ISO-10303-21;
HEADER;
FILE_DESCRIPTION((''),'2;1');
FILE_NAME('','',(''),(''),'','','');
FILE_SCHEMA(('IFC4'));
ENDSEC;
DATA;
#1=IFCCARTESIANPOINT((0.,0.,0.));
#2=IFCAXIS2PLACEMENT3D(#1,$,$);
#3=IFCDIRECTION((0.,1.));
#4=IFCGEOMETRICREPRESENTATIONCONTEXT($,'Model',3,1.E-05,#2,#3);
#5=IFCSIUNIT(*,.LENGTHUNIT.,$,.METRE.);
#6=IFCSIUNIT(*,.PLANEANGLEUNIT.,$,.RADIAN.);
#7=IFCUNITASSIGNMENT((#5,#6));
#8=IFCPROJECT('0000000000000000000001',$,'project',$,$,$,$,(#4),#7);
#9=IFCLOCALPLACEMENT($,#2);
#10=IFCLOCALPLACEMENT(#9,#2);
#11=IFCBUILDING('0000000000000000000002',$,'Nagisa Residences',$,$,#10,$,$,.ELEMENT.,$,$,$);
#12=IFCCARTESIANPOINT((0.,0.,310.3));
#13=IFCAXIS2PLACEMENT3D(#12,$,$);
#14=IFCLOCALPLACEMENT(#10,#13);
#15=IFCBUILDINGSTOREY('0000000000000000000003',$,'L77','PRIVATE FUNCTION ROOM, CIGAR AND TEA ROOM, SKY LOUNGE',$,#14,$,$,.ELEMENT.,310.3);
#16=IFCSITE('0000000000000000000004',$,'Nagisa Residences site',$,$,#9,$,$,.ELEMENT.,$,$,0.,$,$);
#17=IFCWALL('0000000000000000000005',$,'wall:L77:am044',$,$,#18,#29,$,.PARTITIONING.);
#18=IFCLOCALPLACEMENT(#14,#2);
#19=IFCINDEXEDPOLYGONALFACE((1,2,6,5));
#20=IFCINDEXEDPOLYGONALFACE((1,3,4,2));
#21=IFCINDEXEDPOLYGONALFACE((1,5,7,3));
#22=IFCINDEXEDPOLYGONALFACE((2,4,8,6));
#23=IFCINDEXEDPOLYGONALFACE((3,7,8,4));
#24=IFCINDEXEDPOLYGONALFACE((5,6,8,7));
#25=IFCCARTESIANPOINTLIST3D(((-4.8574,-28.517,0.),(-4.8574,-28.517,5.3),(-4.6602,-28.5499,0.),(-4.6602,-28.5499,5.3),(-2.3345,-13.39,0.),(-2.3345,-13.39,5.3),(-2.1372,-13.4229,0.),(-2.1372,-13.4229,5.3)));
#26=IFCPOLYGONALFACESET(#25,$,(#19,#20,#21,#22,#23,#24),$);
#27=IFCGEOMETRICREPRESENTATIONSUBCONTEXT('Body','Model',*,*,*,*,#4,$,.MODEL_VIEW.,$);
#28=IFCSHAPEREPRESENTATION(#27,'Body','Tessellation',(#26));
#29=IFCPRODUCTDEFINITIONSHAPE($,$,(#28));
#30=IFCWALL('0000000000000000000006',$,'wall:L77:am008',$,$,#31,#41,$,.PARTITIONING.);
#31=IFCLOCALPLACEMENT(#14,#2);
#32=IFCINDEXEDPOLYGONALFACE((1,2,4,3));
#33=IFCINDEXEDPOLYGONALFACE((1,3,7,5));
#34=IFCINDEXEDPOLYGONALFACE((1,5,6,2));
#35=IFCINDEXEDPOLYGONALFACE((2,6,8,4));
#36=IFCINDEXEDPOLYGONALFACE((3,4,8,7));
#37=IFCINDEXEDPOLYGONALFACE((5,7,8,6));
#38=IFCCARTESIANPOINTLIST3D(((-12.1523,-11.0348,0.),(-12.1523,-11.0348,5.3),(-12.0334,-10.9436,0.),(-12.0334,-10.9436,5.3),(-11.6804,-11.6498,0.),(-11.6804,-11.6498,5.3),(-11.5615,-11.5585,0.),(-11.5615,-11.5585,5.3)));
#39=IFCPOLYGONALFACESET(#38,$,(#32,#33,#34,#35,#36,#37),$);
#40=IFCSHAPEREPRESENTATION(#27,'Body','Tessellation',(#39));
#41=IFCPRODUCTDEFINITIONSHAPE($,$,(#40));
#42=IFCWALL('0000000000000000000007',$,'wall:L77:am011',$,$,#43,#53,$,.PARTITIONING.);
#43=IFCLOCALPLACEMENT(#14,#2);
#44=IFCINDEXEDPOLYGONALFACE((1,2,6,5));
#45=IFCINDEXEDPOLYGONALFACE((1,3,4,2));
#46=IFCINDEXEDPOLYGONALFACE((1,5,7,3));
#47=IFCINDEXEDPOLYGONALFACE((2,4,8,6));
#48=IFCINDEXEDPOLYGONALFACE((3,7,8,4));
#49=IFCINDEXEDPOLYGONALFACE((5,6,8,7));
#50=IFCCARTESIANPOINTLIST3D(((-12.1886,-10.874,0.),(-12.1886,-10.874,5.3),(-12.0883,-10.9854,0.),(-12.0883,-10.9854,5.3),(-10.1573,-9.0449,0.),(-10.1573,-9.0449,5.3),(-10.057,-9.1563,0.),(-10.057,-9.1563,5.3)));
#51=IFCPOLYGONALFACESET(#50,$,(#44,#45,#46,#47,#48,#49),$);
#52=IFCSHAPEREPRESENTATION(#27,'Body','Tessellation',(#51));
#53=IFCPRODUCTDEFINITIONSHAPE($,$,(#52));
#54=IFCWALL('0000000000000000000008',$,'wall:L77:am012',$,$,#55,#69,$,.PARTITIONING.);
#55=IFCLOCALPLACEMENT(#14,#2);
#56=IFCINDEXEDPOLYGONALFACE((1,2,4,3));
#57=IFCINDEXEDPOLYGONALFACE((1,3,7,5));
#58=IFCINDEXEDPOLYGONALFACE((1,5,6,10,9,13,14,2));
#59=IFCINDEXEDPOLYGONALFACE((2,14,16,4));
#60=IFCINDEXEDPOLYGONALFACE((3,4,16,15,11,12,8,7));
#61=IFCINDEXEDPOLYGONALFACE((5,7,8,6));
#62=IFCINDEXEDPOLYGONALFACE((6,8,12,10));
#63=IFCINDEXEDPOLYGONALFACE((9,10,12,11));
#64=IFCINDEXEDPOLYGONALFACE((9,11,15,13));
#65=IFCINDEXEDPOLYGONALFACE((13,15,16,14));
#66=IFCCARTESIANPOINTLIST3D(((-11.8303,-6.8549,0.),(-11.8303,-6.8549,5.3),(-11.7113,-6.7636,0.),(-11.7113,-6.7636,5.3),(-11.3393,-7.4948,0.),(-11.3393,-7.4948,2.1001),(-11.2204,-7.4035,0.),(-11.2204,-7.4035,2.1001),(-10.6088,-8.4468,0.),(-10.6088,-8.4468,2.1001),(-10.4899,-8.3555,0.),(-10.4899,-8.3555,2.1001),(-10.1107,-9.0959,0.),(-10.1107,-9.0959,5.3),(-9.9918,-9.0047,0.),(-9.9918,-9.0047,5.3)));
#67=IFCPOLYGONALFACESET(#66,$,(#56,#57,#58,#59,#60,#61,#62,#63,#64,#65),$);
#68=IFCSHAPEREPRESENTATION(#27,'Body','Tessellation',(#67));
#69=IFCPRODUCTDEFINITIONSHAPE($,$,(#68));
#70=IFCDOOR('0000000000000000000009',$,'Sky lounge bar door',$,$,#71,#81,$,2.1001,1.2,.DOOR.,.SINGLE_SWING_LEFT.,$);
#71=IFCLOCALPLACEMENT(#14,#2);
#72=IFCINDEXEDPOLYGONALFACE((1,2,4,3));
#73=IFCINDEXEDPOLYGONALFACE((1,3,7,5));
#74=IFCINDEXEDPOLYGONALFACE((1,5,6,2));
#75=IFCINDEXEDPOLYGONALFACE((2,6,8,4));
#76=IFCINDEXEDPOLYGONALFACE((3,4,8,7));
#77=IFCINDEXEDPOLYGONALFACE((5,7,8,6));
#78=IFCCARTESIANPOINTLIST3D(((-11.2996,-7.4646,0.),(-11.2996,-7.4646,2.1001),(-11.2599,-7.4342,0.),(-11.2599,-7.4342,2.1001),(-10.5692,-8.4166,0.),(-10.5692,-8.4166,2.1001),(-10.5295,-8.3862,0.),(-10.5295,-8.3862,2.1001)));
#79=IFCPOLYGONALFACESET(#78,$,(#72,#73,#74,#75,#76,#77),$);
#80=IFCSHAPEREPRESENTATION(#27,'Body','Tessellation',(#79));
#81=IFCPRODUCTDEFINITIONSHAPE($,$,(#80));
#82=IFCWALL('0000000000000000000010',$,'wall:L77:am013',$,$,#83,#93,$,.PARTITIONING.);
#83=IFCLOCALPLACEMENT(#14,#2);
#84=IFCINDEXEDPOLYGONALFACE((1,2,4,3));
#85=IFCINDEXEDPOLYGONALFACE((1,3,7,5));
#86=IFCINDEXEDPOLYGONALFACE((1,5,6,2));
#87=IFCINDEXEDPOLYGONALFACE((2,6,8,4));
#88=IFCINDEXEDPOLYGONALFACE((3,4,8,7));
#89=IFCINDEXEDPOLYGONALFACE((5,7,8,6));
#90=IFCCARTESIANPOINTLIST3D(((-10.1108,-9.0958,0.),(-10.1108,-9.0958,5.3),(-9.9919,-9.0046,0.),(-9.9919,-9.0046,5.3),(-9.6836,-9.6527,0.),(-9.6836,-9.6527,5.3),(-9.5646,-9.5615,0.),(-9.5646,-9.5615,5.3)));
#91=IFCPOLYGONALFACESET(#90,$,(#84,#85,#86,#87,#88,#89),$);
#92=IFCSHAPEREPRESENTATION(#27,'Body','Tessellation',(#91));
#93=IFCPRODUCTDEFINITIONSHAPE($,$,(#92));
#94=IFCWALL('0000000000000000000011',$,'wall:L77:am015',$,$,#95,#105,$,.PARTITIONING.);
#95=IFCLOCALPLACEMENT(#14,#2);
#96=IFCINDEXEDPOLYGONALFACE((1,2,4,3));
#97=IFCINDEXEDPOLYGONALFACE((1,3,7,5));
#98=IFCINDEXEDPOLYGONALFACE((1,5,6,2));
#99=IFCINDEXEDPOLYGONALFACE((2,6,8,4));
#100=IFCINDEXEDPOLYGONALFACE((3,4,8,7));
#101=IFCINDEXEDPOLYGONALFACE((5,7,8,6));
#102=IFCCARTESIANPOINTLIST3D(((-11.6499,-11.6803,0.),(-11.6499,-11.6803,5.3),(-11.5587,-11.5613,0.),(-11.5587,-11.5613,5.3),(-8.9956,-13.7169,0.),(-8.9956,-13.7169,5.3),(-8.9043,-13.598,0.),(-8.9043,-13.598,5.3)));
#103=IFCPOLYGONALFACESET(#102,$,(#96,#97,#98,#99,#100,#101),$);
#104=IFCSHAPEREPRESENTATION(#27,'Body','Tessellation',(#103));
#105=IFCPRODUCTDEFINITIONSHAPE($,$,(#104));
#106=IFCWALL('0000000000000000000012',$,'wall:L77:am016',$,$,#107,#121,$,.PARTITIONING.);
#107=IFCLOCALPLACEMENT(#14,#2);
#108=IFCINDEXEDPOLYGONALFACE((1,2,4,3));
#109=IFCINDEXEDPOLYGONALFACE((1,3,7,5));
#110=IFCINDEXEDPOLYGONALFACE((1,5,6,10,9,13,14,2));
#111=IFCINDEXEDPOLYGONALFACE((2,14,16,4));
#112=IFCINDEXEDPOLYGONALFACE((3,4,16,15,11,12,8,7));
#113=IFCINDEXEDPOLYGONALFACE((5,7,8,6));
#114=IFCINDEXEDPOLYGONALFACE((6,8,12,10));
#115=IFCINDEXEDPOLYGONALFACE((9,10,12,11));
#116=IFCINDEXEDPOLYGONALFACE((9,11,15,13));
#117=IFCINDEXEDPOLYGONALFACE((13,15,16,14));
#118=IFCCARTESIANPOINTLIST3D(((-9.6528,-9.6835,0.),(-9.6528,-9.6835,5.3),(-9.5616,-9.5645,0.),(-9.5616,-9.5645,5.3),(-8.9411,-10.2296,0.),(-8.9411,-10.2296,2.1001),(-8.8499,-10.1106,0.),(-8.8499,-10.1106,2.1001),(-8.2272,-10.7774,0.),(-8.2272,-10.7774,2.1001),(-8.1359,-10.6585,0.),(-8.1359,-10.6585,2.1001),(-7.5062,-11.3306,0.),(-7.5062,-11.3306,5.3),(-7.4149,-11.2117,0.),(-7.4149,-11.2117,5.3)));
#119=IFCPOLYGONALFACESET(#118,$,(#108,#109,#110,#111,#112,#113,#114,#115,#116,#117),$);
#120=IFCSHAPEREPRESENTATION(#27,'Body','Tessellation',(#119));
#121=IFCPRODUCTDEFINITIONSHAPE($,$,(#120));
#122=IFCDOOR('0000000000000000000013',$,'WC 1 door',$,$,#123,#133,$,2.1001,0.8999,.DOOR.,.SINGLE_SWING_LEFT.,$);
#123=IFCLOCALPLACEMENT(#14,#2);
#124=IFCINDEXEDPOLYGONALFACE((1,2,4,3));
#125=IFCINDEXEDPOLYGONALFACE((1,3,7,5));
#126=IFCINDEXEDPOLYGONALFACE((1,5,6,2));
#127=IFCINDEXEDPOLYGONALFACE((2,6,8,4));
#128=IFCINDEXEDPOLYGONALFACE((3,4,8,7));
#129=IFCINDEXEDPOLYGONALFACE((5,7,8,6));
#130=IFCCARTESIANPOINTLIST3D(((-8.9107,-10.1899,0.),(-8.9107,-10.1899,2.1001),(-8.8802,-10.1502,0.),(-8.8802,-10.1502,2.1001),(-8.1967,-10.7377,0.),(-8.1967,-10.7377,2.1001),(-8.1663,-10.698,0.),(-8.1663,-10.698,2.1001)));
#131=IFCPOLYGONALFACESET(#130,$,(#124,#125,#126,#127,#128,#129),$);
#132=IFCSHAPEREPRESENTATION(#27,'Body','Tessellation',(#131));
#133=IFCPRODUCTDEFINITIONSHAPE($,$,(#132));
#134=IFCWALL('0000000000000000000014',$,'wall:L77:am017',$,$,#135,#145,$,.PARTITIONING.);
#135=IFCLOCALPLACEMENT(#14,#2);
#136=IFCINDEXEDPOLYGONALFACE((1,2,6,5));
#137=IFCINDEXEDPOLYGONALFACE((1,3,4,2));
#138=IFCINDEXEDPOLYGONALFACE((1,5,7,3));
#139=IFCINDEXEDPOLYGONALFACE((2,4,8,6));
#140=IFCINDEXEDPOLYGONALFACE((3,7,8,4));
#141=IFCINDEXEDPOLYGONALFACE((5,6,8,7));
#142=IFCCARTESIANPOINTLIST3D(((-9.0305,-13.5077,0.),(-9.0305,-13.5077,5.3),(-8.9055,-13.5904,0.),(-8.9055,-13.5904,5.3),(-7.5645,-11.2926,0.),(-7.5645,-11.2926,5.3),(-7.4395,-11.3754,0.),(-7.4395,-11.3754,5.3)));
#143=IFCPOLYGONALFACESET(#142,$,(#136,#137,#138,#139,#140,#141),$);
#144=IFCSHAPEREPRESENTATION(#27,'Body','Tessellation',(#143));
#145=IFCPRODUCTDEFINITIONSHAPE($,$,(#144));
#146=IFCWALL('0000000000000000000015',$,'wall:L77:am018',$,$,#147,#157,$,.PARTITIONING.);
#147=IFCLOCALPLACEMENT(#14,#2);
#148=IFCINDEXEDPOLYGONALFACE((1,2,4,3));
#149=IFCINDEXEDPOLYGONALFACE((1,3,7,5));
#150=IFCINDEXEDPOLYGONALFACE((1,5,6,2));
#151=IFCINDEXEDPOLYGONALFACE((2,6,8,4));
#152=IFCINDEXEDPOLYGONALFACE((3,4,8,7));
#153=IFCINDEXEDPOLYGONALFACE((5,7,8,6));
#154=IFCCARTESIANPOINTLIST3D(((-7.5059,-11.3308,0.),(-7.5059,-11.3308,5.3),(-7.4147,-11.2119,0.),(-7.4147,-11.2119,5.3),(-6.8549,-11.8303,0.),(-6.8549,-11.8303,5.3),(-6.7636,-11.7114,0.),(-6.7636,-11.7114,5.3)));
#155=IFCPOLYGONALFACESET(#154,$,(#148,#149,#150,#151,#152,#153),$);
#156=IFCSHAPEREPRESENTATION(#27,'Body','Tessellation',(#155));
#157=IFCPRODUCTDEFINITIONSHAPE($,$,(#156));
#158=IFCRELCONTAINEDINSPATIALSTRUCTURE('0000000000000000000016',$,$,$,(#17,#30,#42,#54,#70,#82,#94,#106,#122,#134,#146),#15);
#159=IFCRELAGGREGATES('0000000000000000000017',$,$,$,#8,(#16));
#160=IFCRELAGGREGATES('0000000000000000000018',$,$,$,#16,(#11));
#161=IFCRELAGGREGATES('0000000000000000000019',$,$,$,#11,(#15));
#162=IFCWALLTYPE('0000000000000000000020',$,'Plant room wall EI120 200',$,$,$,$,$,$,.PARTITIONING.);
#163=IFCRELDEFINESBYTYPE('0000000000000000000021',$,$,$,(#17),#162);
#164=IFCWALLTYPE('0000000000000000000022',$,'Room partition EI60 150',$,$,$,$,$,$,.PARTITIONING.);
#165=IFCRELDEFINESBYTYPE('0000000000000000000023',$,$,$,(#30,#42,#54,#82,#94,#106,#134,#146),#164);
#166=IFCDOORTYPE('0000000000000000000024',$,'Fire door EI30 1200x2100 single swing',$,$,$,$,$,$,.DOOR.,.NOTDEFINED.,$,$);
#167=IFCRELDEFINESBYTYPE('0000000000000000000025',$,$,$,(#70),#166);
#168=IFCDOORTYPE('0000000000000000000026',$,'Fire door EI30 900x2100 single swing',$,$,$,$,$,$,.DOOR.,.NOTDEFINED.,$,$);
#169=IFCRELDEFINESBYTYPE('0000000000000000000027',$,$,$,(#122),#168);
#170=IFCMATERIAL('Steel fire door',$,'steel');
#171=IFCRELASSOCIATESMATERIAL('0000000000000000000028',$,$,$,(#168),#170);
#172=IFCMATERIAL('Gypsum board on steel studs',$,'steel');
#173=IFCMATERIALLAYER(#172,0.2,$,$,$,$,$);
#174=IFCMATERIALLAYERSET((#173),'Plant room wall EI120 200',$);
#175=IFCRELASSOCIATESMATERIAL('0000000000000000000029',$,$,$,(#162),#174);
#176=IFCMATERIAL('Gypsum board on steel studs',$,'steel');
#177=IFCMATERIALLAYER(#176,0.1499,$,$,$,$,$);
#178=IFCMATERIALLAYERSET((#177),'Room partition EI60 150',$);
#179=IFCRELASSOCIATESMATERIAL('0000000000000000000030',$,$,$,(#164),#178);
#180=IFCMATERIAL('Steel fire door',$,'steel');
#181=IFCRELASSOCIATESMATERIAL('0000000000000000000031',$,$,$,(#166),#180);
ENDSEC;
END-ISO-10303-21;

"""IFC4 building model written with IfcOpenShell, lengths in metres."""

from ifc_helpers import new_model, si_unit, direction, frame, frame_2d, origin, place, context, subcontext, project, spatial, rectangle, extrude, material, layer, layer_set, type_object, element, fill, save


model = new_model("IFC4")

# Units and contexts
model_context = context("Model", 3, precision=1e-05, world=origin(), true_north=direction((0.0, 1.0)))
body_context = subcontext(model_context, "Body", "Model", "MODEL_VIEW")
ifc_project = project(units=[si_unit("LENGTHUNIT", "METRE"), si_unit("PLANEANGLEUNIT", "RADIAN")], contexts=[model_context])

# Site, building, storey
site_placement = place(None, origin())
site = spatial("IfcSite", under=ifc_project, at=site_placement, Name="Nagisa Residences site", CompositionType="ELEMENT", RefElevation=0.0)
building_placement = place(site_placement, origin())
building = spatial("IfcBuilding", under=site, at=building_placement, Name="Nagisa Residences", CompositionType="ELEMENT")
storey_placement = place(building_placement, frame((0.0, 0.0, 310.3)))
storey = spatial("IfcBuildingStorey", under=building, at=storey_placement, Name="L77", Description="PRIVATE FUNCTION ROOM, CIGAR AND TEA ROOM, SKY LOUNGE", CompositionType="ELEMENT", Elevation=310.3)

# Shared definitions
ifc_material_1 = material(Name="Steel fire door", Category="steel")
door_type_1 = type_object("IfcDoorType", Name="Fire door EI30 900x2100 single swing", OperationType="NOTDEFINED", PredefinedType="DOOR", material=ifc_material_1)

# Walls
ifc_material_2 = material(Name="Gypsum board on steel studs", Category="steel")
ifc_layer_1 = layer(ifc_material_2, 0.2)
ifc_layer_set_1 = layer_set([ifc_layer_1], Name="Plant room wall EI120 200")
wall_type_1 = type_object("IfcWallType", Name="Plant room wall EI120 200", PredefinedType="PARTITIONING", material=ifc_layer_set_1)
wall_1_placement = place(storey_placement, frame((-2.2358, -13.4065, 0.0), z_axis=(0.0, 0.0, 1.0), x_axis=(-0.164513, -0.986375, 0.0)))
element("IfcWall", 1, at=wall_1_placement, inside=storey, type_object=wall_type_1, Name="wall:L77:am044", PredefinedType="PARTITIONING", context=body_context, shape_type="SweptSolid", body=[
    extrude(rectangle(XDim=15.3359, YDim=0.2, at=frame_2d((7.668, 0.0))), origin(), (0.0, 0.0, 1.0), 5.3),
])
ifc_material_3 = material(Name="Gypsum board on steel studs", Category="steel")
ifc_layer_2 = layer(ifc_material_3, 0.1499)
ifc_layer_set_2 = layer_set([ifc_layer_2], Name="Room partition EI60 150")
wall_type_2 = type_object("IfcWallType", Name="Room partition EI60 150", PredefinedType="PARTITIONING", material=ifc_layer_set_2)
wall_2_placement = place(storey_placement, frame((-11.6208, -11.6042, 0.0), z_axis=(0.0, 0.0, 1.0), x_axis=(-0.608782, 0.793338, 0.0)))
element("IfcWall", 2, at=wall_2_placement, inside=storey, type_object=wall_type_2, Name="wall:L77:am008", PredefinedType="PARTITIONING", context=body_context, shape_type="SweptSolid", body=[
    extrude(rectangle(XDim=0.7751, YDim=0.1499, at=frame_2d((0.3877, 0.0))), origin(), (0.0, 0.0, 1.0), 5.3),
])
wall_3_placement = place(storey_placement, frame((-10.1072, -9.1006, 0.0), z_axis=(0.0, 0.0, 1.0), x_axis=(-0.743116, -0.669162, 0.0)))
element("IfcWall", 3, at=wall_3_placement, inside=storey, type_object=wall_type_2, Name="wall:L77:am011", PredefinedType="PARTITIONING", context=body_context, shape_type="SweptSolid", body=[
    extrude(rectangle(XDim=2.7334, YDim=0.1499, at=frame_2d((1.3667, 0.0))), origin(), (0.0, 0.0, 1.0), 5.3),
])

# Wall, opening, door
wall_4_placement = place(storey_placement, frame((-10.0513, -9.0503, 0.0), z_axis=(0.0, 0.0, 1.0), x_axis=(-0.608745, 0.793366, 0.0)))
wall_4 = element("IfcWall", 4, at=wall_4_placement, inside=storey, type_object=wall_type_2, Name="wall:L77:am012", PredefinedType="PARTITIONING", context=body_context, shape_type="SweptSolid", body=[
    extrude(rectangle(XDim=2.8247, YDim=0.1499, at=frame_2d((1.4124, 0.0))), origin(), (0.0, 0.0, 1.0), 5.3),
])
opening_1_placement = place(wall_4_placement, frame((0.8181, 0.0, 0.0)))
opening_1 = element("IfcOpeningElement", 5, at=opening_1_placement, cuts=wall_4, PredefinedType="OPENING", context=body_context, shape_type="SweptSolid", body=[
    extrude(rectangle(XDim=1.2, YDim=2.1001, at=frame_2d((0.6001, 1.05))), frame((0.0, 0.085, 0.0), z_axis=(0.0, -1.0, 0.0), x_axis=(1.0, 0.0, 0.0)), (0.0, 0.0, 1.0), 0.1699),
])
ifc_material_4 = material(Name="Steel fire door", Category="steel")
door_type_2 = type_object("IfcDoorType", Name="Fire door EI30 1200x2100 single swing", OperationType="NOTDEFINED", PredefinedType="DOOR", material=ifc_material_4)
door_1_placement = place(opening_1_placement, frame((1.2, 0.0, 0.0), x_axis=(-1.0, 0.0, 0.0)))
door_1 = element("IfcDoor", 6, at=door_1_placement, inside=storey, type_object=door_type_2, Name="Sky lounge bar door", OperationType="SINGLE_SWING_LEFT", OverallHeight=2.1001, OverallWidth=1.2, PredefinedType="DOOR", context=body_context, shape_type="SweptSolid", body=[
    extrude(rectangle(XDim=1.2, YDim=2.1001, at=frame_2d((0.6001, 1.05))), frame((0.0, 0.0249, 0.0), z_axis=(0.0, -1.0, 0.0), x_axis=(1.0, 0.0, 0.0)), (0.0, 0.0, 1.0), 0.05),
])
fill(opening_1, door_1)

# Walls
wall_5_placement = place(storey_placement, frame((-9.624, -9.6072, 0.0), z_axis=(0.0, 0.0, 1.0), x_axis=(-0.608702, 0.793399, 0.0)))
element("IfcWall", 7, at=wall_5_placement, inside=storey, type_object=wall_type_2, Name="wall:L77:am013", PredefinedType="PARTITIONING", context=body_context, shape_type="SweptSolid", body=[
    extrude(rectangle(XDim=0.7019, YDim=0.1499, at=frame_2d((0.3511, 0.0))), origin(), (0.0, 0.0, 1.0), 5.3),
])
wall_6_placement = place(storey_placement, frame((-8.95, -13.6575, 0.0), z_axis=(0.0, 0.0, 1.0), x_axis=(-0.793367, 0.608744, 0.0)))
element("IfcWall", 8, at=wall_6_placement, inside=storey, type_object=wall_type_2, Name="wall:L77:am015", PredefinedType="PARTITIONING", context=body_context, shape_type="SweptSolid", body=[
    extrude(rectangle(XDim=3.3457, YDim=0.1499, at=frame_2d((1.6729, 0.0))), origin(), (0.0, 0.0, 1.0), 5.3),
])

# Wall, opening, door
wall_7_placement = place(storey_placement, frame((-7.4604, -11.2712, 0.0), z_axis=(0.0, 0.0, 1.0), x_axis=(-0.793358, 0.608755, 0.0)))
wall_7 = element("IfcWall", 9, at=wall_7_placement, inside=storey, type_object=wall_type_2, Name="wall:L77:am016", PredefinedType="PARTITIONING", context=body_context, shape_type="SweptSolid", body=[
    extrude(rectangle(XDim=2.7058, YDim=0.1499, at=frame_2d((1.353, 0.0))), origin(), (0.0, 0.0, 1.0), 5.3),
])
opening_2_placement = place(wall_7_placement, frame((0.9089, 0.0, 0.0)))
opening_2 = element("IfcOpeningElement", 10, at=opening_2_placement, cuts=wall_7, PredefinedType="OPENING", context=body_context, shape_type="SweptSolid", body=[
    extrude(rectangle(XDim=0.8999, YDim=2.1001, at=frame_2d((0.45, 1.05))), frame((0.0, 0.085, 0.0), z_axis=(0.0, -1.0, 0.0), x_axis=(1.0, 0.0, 0.0)), (0.0, 0.0, 1.0), 0.1699),
])
door_2_placement = place(opening_2_placement, origin())
door_2 = element("IfcDoor", 11, at=door_2_placement, inside=storey, type_object=door_type_1, Name="WC 1 door", OperationType="SINGLE_SWING_LEFT", OverallHeight=2.1001, OverallWidth=0.8999, PredefinedType="DOOR", context=body_context, shape_type="SweptSolid", body=[
    extrude(rectangle(XDim=0.8999, YDim=2.1001, at=frame_2d((0.45, 1.05))), frame((0.0, 0.0249, 0.0), z_axis=(0.0, -1.0, 0.0), x_axis=(1.0, 0.0, 0.0)), (0.0, 0.0, 1.0), 0.05),
])
fill(opening_2, door_2)

# Walls
wall_8_placement = place(storey_placement, frame((-7.502, -11.334, 0.0), z_axis=(0.0, 0.0, 1.0), x_axis=(-0.551919, -0.833898, 0.0)))
element("IfcWall", 12, at=wall_8_placement, inside=storey, type_object=wall_type_2, Name="wall:L77:am017", PredefinedType="PARTITIONING", context=body_context, shape_type="SweptSolid", body=[
    extrude(rectangle(XDim=2.6562, YDim=0.1499, at=frame_2d((1.3281, 0.0))), origin(), (0.0, 0.0, 1.0), 5.3),
])
wall_9_placement = place(storey_placement, frame((-6.8093, -11.7708, 0.0), z_axis=(0.0, 0.0, 1.0), x_axis=(-0.79342, 0.608675, 0.0)))
element("IfcWall", 13, at=wall_9_placement, inside=storey, type_object=wall_type_2, Name="wall:L77:am018", PredefinedType="PARTITIONING", context=body_context, shape_type="SweptSolid", body=[
    extrude(rectangle(XDim=0.8206, YDim=0.1499, at=frame_2d((0.4102, 0.0))), origin(), (0.0, 0.0, 1.0), 5.3),
])

save(model, "model.ifc")
